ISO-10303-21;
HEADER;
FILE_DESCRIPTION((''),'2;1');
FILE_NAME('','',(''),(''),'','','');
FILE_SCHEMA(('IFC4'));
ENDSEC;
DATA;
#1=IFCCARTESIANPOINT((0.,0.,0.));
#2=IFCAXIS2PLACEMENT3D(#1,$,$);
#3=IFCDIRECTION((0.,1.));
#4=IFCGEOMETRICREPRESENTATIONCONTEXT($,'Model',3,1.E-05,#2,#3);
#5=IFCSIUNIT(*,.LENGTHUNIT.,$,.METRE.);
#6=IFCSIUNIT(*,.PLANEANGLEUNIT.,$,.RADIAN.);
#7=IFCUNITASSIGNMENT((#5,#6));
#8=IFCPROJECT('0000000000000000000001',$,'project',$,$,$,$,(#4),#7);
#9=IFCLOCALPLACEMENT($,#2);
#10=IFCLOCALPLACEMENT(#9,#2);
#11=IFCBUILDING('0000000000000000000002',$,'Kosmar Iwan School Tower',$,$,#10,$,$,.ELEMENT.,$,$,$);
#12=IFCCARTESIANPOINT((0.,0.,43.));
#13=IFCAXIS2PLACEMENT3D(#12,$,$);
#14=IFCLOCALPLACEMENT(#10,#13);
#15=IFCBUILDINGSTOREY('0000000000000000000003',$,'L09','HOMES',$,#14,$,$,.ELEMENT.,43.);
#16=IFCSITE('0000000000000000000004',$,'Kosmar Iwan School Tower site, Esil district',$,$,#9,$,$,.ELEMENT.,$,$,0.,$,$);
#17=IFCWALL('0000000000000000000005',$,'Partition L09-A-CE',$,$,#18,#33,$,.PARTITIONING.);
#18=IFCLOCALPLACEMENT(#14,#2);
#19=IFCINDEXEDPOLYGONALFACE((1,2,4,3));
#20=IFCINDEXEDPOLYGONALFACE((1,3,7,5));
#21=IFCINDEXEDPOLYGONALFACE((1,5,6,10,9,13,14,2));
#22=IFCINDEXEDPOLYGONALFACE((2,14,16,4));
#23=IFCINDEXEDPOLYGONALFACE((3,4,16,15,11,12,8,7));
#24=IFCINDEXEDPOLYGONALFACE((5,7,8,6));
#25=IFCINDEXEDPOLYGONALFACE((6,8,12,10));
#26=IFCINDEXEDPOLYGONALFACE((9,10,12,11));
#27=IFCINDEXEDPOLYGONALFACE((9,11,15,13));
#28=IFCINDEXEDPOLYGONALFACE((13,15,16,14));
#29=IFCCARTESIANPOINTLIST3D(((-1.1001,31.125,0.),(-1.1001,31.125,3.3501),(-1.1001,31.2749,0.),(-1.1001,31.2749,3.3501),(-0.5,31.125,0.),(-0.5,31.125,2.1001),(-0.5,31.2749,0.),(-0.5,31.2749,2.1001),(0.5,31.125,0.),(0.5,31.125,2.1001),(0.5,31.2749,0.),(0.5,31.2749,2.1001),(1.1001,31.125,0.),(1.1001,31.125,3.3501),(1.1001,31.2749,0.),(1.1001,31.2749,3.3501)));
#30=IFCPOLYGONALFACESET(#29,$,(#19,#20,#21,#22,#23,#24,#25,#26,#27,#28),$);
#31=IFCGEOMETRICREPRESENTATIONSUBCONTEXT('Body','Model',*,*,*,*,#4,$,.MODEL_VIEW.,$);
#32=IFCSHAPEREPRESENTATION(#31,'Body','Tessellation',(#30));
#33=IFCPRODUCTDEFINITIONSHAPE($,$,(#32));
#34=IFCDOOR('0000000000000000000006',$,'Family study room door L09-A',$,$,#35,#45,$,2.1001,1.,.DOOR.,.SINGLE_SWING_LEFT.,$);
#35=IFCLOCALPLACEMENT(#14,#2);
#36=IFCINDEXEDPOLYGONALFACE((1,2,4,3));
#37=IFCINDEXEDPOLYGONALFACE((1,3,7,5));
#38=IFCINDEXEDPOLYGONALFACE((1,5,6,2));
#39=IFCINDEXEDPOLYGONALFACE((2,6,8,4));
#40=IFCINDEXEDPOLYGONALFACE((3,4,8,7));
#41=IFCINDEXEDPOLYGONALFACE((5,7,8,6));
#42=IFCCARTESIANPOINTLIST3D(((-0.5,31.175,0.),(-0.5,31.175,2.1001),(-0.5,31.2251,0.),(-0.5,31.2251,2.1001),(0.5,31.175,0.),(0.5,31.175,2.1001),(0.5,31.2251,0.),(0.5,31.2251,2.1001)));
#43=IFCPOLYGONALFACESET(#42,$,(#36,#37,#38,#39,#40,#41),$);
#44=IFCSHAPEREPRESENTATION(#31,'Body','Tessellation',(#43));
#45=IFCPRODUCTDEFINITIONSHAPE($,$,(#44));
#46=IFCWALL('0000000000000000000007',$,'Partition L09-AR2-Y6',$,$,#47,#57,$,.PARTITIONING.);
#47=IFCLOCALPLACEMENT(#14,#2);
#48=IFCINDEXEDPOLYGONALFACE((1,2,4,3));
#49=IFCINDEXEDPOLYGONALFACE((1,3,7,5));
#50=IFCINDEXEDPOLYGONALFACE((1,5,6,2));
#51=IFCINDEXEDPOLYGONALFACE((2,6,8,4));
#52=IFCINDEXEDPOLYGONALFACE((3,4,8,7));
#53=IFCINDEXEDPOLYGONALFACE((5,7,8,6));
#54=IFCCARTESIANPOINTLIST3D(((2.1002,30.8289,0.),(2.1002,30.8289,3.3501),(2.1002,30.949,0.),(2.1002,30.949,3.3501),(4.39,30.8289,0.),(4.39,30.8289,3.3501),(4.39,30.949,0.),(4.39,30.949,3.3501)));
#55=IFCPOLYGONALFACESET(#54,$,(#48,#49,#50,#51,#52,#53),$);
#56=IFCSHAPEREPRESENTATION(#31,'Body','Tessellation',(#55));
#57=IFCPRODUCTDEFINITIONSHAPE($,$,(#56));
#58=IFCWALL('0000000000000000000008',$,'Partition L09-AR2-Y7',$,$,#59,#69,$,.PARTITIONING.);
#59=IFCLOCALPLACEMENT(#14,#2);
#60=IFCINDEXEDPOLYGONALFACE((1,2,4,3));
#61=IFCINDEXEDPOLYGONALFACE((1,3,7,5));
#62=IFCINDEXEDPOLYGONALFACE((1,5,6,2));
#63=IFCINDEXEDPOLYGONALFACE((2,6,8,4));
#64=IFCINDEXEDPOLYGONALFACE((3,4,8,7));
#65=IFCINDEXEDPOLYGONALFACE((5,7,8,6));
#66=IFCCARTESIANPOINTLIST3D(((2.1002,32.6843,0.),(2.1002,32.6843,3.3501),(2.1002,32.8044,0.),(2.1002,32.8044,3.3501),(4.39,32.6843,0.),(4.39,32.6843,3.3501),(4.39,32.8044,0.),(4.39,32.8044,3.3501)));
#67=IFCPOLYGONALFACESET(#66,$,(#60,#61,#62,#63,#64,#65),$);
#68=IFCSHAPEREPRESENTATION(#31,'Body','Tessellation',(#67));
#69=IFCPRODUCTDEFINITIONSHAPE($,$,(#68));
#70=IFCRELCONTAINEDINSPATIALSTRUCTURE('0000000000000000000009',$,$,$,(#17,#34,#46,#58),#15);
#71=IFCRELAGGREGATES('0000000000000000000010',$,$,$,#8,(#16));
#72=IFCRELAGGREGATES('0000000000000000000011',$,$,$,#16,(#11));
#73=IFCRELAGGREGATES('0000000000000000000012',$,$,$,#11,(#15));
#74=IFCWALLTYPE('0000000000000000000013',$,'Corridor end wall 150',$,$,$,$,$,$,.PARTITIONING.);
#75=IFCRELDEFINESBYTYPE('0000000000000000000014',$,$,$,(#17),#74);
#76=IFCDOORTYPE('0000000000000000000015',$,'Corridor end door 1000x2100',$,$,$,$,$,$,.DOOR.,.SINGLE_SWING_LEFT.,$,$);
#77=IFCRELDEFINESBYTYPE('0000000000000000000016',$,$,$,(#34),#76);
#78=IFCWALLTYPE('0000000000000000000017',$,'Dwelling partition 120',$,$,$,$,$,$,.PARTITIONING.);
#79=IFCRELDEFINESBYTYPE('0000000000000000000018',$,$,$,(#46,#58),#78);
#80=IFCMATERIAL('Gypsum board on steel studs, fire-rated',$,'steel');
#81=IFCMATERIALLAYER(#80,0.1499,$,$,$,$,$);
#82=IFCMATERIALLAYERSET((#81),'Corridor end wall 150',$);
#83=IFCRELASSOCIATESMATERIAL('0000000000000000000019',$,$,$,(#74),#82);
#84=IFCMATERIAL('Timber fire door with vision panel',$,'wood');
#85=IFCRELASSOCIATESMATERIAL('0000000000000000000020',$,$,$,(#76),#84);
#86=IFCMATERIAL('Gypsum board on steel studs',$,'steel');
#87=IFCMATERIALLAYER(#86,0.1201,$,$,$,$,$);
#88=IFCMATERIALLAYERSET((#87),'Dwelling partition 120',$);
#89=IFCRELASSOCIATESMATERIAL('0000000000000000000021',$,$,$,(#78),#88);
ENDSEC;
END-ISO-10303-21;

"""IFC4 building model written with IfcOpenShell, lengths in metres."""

from ifc_helpers import new_model, si_unit, direction, frame, frame_2d, origin, place, context, subcontext, project, spatial, rectangle, extrude, material, layer, layer_set, type_object, element, fill, save


model = new_model("IFC4")

# Units and contexts
model_context = context("Model", 3, precision=1e-05, world=origin(), true_north=direction((0.0, 1.0)))
body_context = subcontext(model_context, "Body", "Model", "MODEL_VIEW")
ifc_project = project(units=[si_unit("LENGTHUNIT", "METRE"), si_unit("PLANEANGLEUNIT", "RADIAN")], contexts=[model_context])

# Site, building, storey
site_placement = place(None, origin())
site = spatial("IfcSite", under=ifc_project, at=site_placement, Name="Kosmar Iwan School Tower site, Esil district", CompositionType="ELEMENT", RefElevation=0.0)
building_placement = place(site_placement, origin())
building = spatial("IfcBuilding", under=site, at=building_placement, Name="Kosmar Iwan School Tower", CompositionType="ELEMENT")
storey_placement = place(building_placement, frame((0.0, 0.0, 43.0)))
storey = spatial("IfcBuildingStorey", under=building, at=storey_placement, Name="L09", Description="HOMES", CompositionType="ELEMENT", Elevation=43.0)

# Wall, opening, door
ifc_material_1 = material(Name="Gypsum board on steel studs, fire-rated", Category="steel")
ifc_layer_1 = layer(ifc_material_1, 0.1499)
ifc_layer_set_1 = layer_set([ifc_layer_1], Name="Corridor end wall 150")
wall_type_1 = type_object("IfcWallType", Name="Corridor end wall 150", PredefinedType="PARTITIONING", material=ifc_layer_set_1)
wall_placement = place(storey_placement, frame((1.1001, 31.2, 0.0), z_axis=(0.0, 0.0, 1.0), x_axis=(-1.0, 0.0, 0.0)))
wall = element("IfcWall", 1, at=wall_placement, inside=storey, type_object=wall_type_1, Name="Partition L09-A-CE", PredefinedType="PARTITIONING", context=body_context, shape_type="SweptSolid", body=[
    extrude(rectangle(XDim=2.2002, YDim=0.1499, at=frame_2d((1.1001, 0.0))), origin(), (0.0, 0.0, 1.0), 3.3501),
])
opening_placement = place(wall_placement, frame((0.6001, 0.0, 0.0)))
opening = element("IfcOpeningElement", 2, at=opening_placement, cuts=wall, PredefinedType="OPENING", context=body_context, shape_type="SweptSolid", body=[
    extrude(rectangle(XDim=1.0, YDim=2.1001, at=frame_2d((0.5, 1.05))), frame((0.0, 0.0869, 0.0), z_axis=(0.0, -1.0, 0.0), x_axis=(1.0, 0.0, 0.0)), (0.0, 0.0, 1.0), 0.1738),
])
ifc_material_2 = material(Name="Timber fire door with vision panel", Category="wood")
door_type = type_object("IfcDoorType", Name="Corridor end door 1000x2100", OperationType="SINGLE_SWING_LEFT", PredefinedType="DOOR", material=ifc_material_2)
door_placement = place(opening_placement, origin())
door = element("IfcDoor", 3, at=door_placement, inside=storey, type_object=door_type, Name="Family study room door L09-A", OperationType="SINGLE_SWING_LEFT", OverallHeight=2.1001, OverallWidth=1.0, PredefinedType="DOOR", context=body_context, shape_type="SweptSolid", body=[
    extrude(rectangle(XDim=1.0, YDim=2.1001, at=frame_2d((0.5, 1.05))), frame((0.0, 0.0249, 0.0), z_axis=(0.0, -1.0, 0.0), x_axis=(1.0, 0.0, 0.0)), (0.0, 0.0, 1.0), 0.05),
])
fill(opening, door)

# Walls
ifc_material_3 = material(Name="Gypsum board on steel studs", Category="steel")
ifc_layer_2 = layer(ifc_material_3, 0.1201)
ifc_layer_set_2 = layer_set([ifc_layer_2], Name="Dwelling partition 120")
wall_type_2 = type_object("IfcWallType", Name="Dwelling partition 120", PredefinedType="PARTITIONING", material=ifc_layer_set_2)
for number, where, z_axis, x_axis, name in (
    (4, (2.1001, 30.8889, 0.0), (0.0, 0.0, 1.0), (1.0, 0.0, 0.0), "Partition L09-AR2-Y6"),
    (5, (2.1001, 32.7444, 0.0), (0.0, 0.0, 1.0), (1.0, 0.0, 0.0), "Partition L09-AR2-Y7"),
):
    element("IfcWall", number, at=place(storey_placement, frame(where, z_axis=z_axis, x_axis=x_axis)), inside=storey, type_object=wall_type_2, Name=name, PredefinedType="PARTITIONING", context=body_context, shape_type="SweptSolid", body=[
        extrude(rectangle(XDim=2.2898, YDim=0.1201, at=frame_2d((1.145, 0.0))), origin(), (0.0, 0.0, 1.0), 3.3501),
    ])

save(model, "model.ifc")
